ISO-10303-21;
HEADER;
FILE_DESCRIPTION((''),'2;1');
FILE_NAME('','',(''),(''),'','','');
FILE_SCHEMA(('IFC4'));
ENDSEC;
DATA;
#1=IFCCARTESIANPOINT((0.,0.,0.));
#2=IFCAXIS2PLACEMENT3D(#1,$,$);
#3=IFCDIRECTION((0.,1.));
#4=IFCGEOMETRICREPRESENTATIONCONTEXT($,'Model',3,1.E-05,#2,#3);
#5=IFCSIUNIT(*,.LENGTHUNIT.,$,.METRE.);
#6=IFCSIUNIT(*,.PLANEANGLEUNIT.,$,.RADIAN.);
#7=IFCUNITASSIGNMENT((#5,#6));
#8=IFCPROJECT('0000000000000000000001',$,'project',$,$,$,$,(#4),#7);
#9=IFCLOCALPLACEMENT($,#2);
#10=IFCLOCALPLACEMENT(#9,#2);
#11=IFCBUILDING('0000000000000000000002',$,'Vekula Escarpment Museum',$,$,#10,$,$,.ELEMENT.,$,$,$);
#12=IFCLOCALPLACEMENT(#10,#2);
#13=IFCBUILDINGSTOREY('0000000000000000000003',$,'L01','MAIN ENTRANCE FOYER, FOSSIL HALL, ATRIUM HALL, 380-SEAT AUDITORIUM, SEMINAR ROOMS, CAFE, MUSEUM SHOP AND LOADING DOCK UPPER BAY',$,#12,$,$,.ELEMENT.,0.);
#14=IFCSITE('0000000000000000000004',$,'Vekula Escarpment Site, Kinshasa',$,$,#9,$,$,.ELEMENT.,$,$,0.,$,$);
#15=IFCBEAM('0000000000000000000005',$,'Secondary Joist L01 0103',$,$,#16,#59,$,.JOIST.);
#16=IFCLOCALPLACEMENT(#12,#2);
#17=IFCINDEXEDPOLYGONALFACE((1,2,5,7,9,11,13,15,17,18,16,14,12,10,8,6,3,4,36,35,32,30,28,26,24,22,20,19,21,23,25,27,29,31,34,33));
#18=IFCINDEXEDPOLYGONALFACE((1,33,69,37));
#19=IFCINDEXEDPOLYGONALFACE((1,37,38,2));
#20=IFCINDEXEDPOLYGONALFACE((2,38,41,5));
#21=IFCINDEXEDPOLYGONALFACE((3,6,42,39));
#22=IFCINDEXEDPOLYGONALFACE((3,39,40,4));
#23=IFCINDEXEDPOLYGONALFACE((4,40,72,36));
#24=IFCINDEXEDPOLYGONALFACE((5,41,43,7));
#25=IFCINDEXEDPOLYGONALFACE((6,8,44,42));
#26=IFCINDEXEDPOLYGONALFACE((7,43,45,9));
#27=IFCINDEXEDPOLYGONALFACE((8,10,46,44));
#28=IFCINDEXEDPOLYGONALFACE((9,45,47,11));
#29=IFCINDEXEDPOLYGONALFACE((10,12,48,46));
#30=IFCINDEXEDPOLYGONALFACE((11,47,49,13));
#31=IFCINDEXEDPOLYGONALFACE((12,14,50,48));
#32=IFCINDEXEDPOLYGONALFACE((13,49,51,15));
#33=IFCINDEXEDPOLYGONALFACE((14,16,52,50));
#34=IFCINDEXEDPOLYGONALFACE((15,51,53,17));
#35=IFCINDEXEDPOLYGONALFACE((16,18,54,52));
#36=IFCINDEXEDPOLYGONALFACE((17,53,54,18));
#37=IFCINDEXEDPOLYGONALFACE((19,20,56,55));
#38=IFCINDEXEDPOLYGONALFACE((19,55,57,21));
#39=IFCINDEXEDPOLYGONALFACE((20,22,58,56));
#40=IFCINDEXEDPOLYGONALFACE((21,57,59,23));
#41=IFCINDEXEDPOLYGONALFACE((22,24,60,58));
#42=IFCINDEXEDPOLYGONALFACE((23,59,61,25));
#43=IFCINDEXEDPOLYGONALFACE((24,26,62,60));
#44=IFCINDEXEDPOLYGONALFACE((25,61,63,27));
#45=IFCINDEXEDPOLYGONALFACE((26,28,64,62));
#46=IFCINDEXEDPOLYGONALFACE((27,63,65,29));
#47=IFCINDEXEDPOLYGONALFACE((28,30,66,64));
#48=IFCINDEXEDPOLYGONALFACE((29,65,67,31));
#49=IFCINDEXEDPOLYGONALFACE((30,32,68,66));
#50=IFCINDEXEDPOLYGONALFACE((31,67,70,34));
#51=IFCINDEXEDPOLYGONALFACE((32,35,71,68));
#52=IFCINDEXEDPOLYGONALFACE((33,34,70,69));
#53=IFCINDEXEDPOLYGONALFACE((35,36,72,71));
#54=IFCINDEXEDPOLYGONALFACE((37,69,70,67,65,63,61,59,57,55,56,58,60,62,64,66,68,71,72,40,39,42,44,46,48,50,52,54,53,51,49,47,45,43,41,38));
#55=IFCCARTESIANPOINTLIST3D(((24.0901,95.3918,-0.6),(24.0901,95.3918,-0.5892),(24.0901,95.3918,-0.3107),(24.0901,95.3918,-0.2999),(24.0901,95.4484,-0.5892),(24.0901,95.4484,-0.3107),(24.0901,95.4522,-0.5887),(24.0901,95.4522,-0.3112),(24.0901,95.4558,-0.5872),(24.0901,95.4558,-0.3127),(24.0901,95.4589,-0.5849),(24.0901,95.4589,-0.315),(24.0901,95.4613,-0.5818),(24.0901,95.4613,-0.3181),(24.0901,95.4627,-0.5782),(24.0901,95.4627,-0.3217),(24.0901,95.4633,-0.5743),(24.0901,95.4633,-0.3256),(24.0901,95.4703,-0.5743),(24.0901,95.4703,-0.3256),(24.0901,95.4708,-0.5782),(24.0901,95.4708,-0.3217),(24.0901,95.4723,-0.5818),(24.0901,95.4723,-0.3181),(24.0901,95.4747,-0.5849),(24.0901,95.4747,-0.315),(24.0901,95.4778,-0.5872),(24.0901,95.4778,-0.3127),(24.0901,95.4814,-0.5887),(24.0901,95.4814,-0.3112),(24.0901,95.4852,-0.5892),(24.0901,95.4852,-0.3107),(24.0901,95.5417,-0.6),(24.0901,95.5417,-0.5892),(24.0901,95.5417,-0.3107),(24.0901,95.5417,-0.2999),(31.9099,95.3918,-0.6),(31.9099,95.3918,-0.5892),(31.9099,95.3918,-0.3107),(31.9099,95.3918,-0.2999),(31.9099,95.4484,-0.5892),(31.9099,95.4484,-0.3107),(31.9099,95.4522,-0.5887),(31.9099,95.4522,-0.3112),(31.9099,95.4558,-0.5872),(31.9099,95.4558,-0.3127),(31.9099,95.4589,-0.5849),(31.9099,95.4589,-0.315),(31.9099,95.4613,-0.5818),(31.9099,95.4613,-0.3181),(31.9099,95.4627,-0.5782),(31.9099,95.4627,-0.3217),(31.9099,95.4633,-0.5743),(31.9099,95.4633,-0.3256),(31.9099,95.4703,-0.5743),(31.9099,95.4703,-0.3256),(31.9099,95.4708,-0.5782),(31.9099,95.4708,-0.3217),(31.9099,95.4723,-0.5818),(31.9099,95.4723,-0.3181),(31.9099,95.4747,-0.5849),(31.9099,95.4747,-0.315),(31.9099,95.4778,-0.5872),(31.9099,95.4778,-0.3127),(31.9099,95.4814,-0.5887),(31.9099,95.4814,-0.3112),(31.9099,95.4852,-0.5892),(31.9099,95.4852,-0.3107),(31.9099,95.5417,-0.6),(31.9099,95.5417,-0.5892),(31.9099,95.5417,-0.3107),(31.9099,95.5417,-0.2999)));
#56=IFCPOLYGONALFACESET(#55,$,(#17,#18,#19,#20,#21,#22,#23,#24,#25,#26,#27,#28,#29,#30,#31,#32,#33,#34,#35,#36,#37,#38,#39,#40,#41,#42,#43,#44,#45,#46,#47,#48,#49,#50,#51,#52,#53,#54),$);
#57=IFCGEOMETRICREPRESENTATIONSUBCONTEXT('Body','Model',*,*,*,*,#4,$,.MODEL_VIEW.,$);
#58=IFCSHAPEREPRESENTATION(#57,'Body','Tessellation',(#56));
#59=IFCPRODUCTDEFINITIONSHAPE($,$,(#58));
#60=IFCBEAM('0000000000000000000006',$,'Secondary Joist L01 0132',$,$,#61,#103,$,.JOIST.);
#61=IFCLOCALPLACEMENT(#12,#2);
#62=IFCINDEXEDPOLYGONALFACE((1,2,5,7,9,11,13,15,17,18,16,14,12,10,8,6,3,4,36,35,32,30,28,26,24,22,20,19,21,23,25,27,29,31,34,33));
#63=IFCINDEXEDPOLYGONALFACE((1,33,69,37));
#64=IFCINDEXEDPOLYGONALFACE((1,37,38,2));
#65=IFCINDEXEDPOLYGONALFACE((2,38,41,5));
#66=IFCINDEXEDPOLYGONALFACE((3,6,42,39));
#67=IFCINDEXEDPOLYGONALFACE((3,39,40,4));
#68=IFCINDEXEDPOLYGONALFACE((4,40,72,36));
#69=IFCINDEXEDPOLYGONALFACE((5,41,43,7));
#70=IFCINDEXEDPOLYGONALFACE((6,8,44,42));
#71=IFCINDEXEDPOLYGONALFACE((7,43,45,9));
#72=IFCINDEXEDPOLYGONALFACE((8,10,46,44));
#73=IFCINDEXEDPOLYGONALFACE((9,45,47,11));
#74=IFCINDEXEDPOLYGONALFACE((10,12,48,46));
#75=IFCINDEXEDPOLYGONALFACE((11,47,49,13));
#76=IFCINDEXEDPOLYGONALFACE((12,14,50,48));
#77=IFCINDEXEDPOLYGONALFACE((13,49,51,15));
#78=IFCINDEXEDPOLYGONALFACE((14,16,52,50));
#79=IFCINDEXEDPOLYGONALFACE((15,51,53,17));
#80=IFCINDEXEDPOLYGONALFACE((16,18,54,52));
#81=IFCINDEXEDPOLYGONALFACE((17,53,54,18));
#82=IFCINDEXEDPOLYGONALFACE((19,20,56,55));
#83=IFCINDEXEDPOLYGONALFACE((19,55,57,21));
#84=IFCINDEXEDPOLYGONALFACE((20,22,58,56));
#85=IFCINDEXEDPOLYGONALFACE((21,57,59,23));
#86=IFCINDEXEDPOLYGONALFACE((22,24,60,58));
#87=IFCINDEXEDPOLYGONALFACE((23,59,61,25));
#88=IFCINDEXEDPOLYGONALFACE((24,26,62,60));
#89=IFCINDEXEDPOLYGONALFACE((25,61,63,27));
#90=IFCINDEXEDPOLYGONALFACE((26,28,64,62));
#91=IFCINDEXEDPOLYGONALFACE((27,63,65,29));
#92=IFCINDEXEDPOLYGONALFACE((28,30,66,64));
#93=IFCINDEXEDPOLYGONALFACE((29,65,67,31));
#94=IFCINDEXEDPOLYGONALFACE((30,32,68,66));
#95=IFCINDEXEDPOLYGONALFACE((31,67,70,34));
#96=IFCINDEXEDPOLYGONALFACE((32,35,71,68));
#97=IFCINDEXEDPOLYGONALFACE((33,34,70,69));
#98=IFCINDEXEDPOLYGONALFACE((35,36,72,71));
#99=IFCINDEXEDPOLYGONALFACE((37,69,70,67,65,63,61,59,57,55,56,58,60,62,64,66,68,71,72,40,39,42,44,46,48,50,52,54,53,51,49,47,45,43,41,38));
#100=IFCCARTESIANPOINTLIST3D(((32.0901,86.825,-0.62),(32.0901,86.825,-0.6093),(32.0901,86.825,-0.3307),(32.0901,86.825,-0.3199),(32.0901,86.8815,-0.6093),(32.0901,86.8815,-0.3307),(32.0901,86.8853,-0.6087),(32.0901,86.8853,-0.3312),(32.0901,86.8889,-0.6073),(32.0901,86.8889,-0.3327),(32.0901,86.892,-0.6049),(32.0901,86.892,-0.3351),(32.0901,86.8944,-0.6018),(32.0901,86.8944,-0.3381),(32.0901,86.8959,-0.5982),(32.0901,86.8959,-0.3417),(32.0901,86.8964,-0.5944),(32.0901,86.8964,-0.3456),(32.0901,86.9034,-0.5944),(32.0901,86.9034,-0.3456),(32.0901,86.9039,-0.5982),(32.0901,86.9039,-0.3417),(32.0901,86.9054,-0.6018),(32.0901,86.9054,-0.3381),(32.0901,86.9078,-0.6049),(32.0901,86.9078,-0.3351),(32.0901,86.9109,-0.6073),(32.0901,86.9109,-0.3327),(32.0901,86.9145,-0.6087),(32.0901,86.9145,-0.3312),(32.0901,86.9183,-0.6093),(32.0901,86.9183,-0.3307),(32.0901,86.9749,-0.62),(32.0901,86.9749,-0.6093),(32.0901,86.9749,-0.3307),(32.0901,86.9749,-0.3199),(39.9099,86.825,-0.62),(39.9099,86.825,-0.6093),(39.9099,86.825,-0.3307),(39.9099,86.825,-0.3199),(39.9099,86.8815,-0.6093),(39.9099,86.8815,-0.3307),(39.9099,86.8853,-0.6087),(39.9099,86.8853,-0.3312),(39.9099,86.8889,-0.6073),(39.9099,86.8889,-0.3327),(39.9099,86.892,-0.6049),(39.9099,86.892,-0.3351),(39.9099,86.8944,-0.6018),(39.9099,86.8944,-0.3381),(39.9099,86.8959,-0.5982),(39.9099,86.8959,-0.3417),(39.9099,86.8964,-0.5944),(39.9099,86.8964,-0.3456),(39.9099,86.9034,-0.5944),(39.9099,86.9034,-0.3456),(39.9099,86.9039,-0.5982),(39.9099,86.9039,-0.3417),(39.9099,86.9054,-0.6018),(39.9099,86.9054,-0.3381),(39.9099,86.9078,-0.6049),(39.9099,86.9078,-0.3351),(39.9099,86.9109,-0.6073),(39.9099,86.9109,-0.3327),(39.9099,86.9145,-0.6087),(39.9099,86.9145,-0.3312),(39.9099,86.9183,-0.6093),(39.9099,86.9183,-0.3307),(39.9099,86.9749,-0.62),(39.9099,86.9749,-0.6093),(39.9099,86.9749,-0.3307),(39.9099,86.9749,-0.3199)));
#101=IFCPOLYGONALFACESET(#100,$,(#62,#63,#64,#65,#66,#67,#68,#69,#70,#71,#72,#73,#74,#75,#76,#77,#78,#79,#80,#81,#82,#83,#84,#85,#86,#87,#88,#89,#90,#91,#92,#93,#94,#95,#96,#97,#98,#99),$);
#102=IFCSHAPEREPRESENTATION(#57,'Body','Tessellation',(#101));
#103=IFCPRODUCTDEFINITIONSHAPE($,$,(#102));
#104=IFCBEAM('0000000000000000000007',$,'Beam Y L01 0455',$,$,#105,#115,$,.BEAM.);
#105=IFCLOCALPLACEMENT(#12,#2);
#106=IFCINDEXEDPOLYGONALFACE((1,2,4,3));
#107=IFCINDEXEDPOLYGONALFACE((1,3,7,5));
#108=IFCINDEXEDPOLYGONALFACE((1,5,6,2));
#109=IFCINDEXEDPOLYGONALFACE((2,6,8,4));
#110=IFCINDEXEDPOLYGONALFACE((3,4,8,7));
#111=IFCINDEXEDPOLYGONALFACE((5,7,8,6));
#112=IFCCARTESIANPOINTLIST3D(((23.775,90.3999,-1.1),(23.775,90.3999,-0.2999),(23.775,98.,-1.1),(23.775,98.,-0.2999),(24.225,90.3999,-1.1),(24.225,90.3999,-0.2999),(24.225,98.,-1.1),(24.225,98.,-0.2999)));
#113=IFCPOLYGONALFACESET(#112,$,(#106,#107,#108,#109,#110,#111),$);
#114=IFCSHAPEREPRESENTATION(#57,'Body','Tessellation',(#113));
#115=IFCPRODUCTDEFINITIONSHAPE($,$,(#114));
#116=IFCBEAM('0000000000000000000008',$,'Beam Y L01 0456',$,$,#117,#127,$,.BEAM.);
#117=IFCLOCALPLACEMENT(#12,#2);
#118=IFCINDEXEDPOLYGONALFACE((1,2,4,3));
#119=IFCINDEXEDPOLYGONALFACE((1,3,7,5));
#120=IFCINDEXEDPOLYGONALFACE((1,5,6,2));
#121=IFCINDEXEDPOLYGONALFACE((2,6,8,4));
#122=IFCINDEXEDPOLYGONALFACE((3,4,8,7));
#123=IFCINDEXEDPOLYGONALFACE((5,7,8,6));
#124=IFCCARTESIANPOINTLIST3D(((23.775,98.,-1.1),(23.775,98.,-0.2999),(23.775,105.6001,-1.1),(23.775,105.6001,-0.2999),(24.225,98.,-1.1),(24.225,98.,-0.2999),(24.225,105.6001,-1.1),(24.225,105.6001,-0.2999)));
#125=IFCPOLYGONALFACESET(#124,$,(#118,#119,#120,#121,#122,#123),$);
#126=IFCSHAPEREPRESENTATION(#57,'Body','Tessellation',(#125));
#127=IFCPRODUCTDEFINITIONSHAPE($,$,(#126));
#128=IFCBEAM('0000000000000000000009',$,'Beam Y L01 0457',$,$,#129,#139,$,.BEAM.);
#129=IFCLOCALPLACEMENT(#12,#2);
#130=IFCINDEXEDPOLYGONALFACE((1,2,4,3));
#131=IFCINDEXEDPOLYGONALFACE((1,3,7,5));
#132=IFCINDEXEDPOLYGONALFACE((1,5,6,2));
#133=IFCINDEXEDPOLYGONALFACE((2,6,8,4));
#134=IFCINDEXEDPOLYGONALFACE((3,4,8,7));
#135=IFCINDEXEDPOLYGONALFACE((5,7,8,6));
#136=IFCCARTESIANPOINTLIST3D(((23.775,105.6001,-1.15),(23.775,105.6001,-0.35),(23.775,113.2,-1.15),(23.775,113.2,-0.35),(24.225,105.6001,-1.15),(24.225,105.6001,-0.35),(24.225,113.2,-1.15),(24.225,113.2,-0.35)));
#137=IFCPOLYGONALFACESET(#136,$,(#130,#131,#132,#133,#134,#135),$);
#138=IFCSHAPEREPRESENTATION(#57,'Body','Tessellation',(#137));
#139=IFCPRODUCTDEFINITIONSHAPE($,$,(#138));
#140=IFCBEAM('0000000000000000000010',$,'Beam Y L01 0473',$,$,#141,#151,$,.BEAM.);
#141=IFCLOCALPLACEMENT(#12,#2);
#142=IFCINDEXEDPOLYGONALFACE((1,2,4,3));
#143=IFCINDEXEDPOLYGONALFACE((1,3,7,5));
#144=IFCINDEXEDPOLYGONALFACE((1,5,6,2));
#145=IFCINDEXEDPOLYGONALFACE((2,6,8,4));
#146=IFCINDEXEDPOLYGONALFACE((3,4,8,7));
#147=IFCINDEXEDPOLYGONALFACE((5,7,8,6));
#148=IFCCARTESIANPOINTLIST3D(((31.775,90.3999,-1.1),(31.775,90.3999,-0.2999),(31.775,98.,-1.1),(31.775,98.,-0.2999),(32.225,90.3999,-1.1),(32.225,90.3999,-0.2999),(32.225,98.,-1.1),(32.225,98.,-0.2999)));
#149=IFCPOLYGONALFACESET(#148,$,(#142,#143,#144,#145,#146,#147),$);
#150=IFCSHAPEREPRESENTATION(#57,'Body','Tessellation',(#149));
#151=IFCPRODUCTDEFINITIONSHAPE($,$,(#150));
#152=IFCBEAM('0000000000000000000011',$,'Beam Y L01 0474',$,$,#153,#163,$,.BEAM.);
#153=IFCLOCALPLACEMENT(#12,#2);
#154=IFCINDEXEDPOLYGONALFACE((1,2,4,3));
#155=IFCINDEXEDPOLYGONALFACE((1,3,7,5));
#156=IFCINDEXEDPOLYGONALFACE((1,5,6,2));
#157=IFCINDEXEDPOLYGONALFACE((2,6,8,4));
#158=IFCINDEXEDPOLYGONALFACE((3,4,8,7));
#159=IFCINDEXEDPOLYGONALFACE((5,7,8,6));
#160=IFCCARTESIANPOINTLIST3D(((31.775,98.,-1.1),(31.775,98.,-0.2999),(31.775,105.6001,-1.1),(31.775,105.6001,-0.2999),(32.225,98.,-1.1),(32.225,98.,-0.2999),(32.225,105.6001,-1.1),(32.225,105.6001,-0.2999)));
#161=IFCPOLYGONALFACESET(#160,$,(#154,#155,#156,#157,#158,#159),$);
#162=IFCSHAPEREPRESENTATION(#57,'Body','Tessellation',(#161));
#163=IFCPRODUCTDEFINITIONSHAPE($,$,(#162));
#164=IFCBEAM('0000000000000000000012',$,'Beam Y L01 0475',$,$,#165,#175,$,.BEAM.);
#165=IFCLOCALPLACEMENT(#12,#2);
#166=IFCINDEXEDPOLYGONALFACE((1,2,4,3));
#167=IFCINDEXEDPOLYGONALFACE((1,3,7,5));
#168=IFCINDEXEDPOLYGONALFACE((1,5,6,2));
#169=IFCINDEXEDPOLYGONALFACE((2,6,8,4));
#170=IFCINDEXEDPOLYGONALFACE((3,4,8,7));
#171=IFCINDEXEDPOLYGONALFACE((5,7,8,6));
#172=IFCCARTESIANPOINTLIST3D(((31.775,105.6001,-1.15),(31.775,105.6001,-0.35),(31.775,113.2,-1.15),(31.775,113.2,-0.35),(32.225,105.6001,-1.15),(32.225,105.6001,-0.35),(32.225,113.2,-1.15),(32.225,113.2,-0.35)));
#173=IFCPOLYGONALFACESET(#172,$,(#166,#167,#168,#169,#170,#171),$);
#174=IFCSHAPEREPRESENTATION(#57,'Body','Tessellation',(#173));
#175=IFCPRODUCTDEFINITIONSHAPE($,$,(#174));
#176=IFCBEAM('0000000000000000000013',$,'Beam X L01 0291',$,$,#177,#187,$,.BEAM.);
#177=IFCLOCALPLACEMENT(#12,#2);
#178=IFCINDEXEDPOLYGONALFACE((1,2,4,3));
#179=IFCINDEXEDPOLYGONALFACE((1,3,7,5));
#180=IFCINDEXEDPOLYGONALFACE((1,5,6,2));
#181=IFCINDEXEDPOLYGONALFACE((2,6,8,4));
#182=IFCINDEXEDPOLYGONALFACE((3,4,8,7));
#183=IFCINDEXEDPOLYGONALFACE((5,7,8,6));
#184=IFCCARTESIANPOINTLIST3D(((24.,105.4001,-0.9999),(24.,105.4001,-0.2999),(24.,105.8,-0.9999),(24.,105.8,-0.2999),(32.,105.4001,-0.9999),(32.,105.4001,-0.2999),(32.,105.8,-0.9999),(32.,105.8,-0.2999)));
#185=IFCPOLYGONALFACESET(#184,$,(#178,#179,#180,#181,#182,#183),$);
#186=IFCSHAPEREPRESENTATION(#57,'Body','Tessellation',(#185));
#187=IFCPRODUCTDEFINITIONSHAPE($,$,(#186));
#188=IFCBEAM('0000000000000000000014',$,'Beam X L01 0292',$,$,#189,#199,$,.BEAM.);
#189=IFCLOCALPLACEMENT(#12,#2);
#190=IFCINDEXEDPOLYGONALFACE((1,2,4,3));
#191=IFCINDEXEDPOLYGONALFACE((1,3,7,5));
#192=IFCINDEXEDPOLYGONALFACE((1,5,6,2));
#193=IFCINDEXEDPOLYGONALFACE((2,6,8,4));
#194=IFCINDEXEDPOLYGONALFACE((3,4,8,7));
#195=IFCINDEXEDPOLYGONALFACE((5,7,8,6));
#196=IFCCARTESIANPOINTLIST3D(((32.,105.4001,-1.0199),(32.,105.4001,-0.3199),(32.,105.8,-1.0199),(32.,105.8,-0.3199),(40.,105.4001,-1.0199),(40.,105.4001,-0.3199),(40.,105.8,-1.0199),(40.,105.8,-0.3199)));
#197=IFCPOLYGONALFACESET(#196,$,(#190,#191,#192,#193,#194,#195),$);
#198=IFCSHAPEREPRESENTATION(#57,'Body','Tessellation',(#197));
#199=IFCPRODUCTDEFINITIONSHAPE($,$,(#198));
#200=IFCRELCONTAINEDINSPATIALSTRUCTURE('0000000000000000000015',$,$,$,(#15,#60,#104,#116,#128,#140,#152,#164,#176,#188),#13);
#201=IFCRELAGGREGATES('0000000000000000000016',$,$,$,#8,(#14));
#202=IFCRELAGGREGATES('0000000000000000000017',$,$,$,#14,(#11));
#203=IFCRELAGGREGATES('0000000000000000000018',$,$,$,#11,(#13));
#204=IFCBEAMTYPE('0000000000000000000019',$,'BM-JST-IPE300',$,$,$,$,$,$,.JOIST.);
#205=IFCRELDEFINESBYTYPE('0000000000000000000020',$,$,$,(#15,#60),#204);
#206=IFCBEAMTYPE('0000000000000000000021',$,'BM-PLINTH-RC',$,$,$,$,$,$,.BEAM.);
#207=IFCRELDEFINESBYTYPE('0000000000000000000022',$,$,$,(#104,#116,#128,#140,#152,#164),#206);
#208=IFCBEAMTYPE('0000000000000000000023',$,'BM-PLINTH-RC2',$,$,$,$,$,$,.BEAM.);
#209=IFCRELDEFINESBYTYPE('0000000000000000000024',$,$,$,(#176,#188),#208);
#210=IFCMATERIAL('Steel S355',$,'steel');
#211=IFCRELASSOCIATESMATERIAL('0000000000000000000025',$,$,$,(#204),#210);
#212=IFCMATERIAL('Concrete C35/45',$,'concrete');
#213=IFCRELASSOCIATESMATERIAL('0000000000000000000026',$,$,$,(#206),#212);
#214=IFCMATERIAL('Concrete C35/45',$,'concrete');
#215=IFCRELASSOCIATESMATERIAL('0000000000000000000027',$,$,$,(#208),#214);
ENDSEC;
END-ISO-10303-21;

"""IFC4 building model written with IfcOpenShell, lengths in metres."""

from ifc_helpers import new_model, si_unit, direction, frame, origin, origin_2d, place, context, subcontext, project, spatial, rectangle, i_section, extrude, material, material_profile, profile_set, type_object, element, save


model = new_model("IFC4")

# Units and contexts
model_context = context("Model", 3, precision=1e-05, world=origin(), true_north=direction((0.0, 1.0)))
body_context = subcontext(model_context, "Body", "Model", "MODEL_VIEW")
ifc_project = project(units=[si_unit("LENGTHUNIT", "METRE"), si_unit("PLANEANGLEUNIT", "RADIAN")], contexts=[model_context])

# Site, building, storey
site_placement = place(None, origin())
site = spatial("IfcSite", under=ifc_project, at=site_placement, Name="Vekula Escarpment Site, Kinshasa", CompositionType="ELEMENT", RefElevation=0.0)
building_placement = place(site_placement, origin())
building = spatial("IfcBuilding", under=site, at=building_placement, Name="Vekula Escarpment Museum", CompositionType="ELEMENT")
storey_placement = place(building_placement, origin())
storey = spatial("IfcBuildingStorey", under=building, at=storey_placement, Name="L01", Description="MAIN ENTRANCE FOYER, FOSSIL HALL, ATRIUM HALL, 380-SEAT AUDITORIUM, SEMINAR ROOMS, CAFE, MUSEUM SHOP AND LOADING DOCK UPPER BAY", CompositionType="ELEMENT", Elevation=0.0)

# Beams
ifc_material_1 = material(Name="Steel S355", Category="steel")
ifc_material_profile_1 = material_profile(ifc_material_1, i_section(OverallWidth=0.1499, OverallDepth=0.3, WebThickness=0.0071, FlangeThickness=0.0107, FilletRadius=0.0149, at=origin_2d()), Name="IPE 300")
ifc_profile_set_1 = profile_set([ifc_material_profile_1], Name="Steel S355")
beam_type_1 = type_object("IfcBeamType", Name="BM-JST-IPE300", PredefinedType="JOIST", material=ifc_profile_set_1)
for number, where, z_axis, x_axis, name in (
    (1, (24.0901, 95.4668, -0.45), (1.0, 0.0, 0.0), (0.0, 1.0, 0.0), "Secondary Joist L01 0103"),
    (2, (32.0901, 86.8999, -0.47), (1.0, 0.0, 0.0), (0.0, 1.0, 0.0), "Secondary Joist L01 0132"),
):
    element("IfcBeam", number, at=place(storey_placement, frame(where, z_axis=z_axis, x_axis=x_axis)), inside=storey, type_object=beam_type_1, Name=name, PredefinedType="JOIST", context=body_context, shape_type="SweptSolid", body=[
        extrude(i_section(OverallWidth=0.1499, OverallDepth=0.3, WebThickness=0.0071, FlangeThickness=0.0107, FilletRadius=0.0149, at=origin_2d()), origin(), (0.0, 0.0, 1.0), 7.8198),
    ])
ifc_material_2 = material(Name="Concrete C35/45", Category="concrete")
ifc_material_profile_2 = material_profile(ifc_material_2, rectangle(XDim=0.45, YDim=0.8, at=origin_2d()), Name="RC 450x800")
ifc_profile_set_2 = profile_set([ifc_material_profile_2], Name="Concrete C35/45")
beam_type_2 = type_object("IfcBeamType", Name="BM-PLINTH-RC", PredefinedType="BEAM", material=ifc_profile_set_2)
for number, where, z_axis, x_axis, name in (
    (3, (24.0, 90.3999, -0.7), (0.0, 1.0, 0.0), (-1.0, 0.0, 0.0), "Beam Y L01 0455"),
    (4, (24.0, 98.0, -0.7), (0.0, 1.0, 0.0), (-1.0, 0.0, 0.0), "Beam Y L01 0456"),
):
    element("IfcBeam", number, at=place(storey_placement, frame(where, z_axis=z_axis, x_axis=x_axis)), inside=storey, type_object=beam_type_2, Name=name, PredefinedType="BEAM", context=body_context, shape_type="SweptSolid", body=[
        extrude(rectangle(XDim=0.45, YDim=0.8, at=origin_2d()), origin(), (0.0, 0.0, 1.0), 7.6001),
    ])
beam_1_placement = place(storey_placement, frame((24.0, 105.6001, -0.75), z_axis=(0.0, 1.0, 0.0), x_axis=(-1.0, 0.0, 0.0)))
element("IfcBeam", 5, at=beam_1_placement, inside=storey, type_object=beam_type_2, Name="Beam Y L01 0457", PredefinedType="BEAM", context=body_context, shape_type="SweptSolid", body=[
    extrude(rectangle(XDim=0.45, YDim=0.8, at=origin_2d()), origin(), (0.0, 0.0, 1.0), 7.5999),
])
for number, where, z_axis, x_axis, name in (
    (6, (32.0, 90.3999, -0.7), (0.0, 1.0, 0.0), (-1.0, 0.0, 0.0), "Beam Y L01 0473"),
    (7, (32.0, 98.0, -0.7), (0.0, 1.0, 0.0), (-1.0, 0.0, 0.0), "Beam Y L01 0474"),
):
    element("IfcBeam", number, at=place(storey_placement, frame(where, z_axis=z_axis, x_axis=x_axis)), inside=storey, type_object=beam_type_2, Name=name, PredefinedType="BEAM", context=body_context, shape_type="SweptSolid", body=[
        extrude(rectangle(XDim=0.45, YDim=0.8, at=origin_2d()), origin(), (0.0, 0.0, 1.0), 7.6001),
    ])
beam_2_placement = place(storey_placement, frame((32.0, 105.6001, -0.75), z_axis=(0.0, 1.0, 0.0), x_axis=(-1.0, 0.0, 0.0)))
element("IfcBeam", 8, at=beam_2_placement, inside=storey, type_object=beam_type_2, Name="Beam Y L01 0475", PredefinedType="BEAM", context=body_context, shape_type="SweptSolid", body=[
    extrude(rectangle(XDim=0.45, YDim=0.8, at=origin_2d()), origin(), (0.0, 0.0, 1.0), 7.5999),
])
ifc_material_3 = material(Name="Concrete C35/45", Category="concrete")
ifc_material_profile_3 = material_profile(ifc_material_3, rectangle(XDim=0.3999, YDim=0.7, at=origin_2d()), Name="RC 400x700")
ifc_profile_set_3 = profile_set([ifc_material_profile_3], Name="Concrete C35/45")
beam_type_3 = type_object("IfcBeamType", Name="BM-PLINTH-RC2", PredefinedType="BEAM", material=ifc_profile_set_3)
for number, where, z_axis, x_axis, name in (
    (9, (24.0, 105.6001, -0.6499), (1.0, 0.0, 0.0), (0.0, 1.0, 0.0), "Beam X L01 0291"),
    (10, (32.0, 105.6001, -0.6699), (1.0, 0.0, 0.0), (0.0, 1.0, 0.0), "Beam X L01 0292"),
):
    element("IfcBeam", number, at=place(storey_placement, frame(where, z_axis=z_axis, x_axis=x_axis)), inside=storey, type_object=beam_type_3, Name=name, PredefinedType="BEAM", context=body_context, shape_type="SweptSolid", body=[
        extrude(rectangle(XDim=0.3999, YDim=0.7, at=origin_2d()), origin(), (0.0, 0.0, 1.0), 8.0),
    ])

save(model, "model.ifc")
